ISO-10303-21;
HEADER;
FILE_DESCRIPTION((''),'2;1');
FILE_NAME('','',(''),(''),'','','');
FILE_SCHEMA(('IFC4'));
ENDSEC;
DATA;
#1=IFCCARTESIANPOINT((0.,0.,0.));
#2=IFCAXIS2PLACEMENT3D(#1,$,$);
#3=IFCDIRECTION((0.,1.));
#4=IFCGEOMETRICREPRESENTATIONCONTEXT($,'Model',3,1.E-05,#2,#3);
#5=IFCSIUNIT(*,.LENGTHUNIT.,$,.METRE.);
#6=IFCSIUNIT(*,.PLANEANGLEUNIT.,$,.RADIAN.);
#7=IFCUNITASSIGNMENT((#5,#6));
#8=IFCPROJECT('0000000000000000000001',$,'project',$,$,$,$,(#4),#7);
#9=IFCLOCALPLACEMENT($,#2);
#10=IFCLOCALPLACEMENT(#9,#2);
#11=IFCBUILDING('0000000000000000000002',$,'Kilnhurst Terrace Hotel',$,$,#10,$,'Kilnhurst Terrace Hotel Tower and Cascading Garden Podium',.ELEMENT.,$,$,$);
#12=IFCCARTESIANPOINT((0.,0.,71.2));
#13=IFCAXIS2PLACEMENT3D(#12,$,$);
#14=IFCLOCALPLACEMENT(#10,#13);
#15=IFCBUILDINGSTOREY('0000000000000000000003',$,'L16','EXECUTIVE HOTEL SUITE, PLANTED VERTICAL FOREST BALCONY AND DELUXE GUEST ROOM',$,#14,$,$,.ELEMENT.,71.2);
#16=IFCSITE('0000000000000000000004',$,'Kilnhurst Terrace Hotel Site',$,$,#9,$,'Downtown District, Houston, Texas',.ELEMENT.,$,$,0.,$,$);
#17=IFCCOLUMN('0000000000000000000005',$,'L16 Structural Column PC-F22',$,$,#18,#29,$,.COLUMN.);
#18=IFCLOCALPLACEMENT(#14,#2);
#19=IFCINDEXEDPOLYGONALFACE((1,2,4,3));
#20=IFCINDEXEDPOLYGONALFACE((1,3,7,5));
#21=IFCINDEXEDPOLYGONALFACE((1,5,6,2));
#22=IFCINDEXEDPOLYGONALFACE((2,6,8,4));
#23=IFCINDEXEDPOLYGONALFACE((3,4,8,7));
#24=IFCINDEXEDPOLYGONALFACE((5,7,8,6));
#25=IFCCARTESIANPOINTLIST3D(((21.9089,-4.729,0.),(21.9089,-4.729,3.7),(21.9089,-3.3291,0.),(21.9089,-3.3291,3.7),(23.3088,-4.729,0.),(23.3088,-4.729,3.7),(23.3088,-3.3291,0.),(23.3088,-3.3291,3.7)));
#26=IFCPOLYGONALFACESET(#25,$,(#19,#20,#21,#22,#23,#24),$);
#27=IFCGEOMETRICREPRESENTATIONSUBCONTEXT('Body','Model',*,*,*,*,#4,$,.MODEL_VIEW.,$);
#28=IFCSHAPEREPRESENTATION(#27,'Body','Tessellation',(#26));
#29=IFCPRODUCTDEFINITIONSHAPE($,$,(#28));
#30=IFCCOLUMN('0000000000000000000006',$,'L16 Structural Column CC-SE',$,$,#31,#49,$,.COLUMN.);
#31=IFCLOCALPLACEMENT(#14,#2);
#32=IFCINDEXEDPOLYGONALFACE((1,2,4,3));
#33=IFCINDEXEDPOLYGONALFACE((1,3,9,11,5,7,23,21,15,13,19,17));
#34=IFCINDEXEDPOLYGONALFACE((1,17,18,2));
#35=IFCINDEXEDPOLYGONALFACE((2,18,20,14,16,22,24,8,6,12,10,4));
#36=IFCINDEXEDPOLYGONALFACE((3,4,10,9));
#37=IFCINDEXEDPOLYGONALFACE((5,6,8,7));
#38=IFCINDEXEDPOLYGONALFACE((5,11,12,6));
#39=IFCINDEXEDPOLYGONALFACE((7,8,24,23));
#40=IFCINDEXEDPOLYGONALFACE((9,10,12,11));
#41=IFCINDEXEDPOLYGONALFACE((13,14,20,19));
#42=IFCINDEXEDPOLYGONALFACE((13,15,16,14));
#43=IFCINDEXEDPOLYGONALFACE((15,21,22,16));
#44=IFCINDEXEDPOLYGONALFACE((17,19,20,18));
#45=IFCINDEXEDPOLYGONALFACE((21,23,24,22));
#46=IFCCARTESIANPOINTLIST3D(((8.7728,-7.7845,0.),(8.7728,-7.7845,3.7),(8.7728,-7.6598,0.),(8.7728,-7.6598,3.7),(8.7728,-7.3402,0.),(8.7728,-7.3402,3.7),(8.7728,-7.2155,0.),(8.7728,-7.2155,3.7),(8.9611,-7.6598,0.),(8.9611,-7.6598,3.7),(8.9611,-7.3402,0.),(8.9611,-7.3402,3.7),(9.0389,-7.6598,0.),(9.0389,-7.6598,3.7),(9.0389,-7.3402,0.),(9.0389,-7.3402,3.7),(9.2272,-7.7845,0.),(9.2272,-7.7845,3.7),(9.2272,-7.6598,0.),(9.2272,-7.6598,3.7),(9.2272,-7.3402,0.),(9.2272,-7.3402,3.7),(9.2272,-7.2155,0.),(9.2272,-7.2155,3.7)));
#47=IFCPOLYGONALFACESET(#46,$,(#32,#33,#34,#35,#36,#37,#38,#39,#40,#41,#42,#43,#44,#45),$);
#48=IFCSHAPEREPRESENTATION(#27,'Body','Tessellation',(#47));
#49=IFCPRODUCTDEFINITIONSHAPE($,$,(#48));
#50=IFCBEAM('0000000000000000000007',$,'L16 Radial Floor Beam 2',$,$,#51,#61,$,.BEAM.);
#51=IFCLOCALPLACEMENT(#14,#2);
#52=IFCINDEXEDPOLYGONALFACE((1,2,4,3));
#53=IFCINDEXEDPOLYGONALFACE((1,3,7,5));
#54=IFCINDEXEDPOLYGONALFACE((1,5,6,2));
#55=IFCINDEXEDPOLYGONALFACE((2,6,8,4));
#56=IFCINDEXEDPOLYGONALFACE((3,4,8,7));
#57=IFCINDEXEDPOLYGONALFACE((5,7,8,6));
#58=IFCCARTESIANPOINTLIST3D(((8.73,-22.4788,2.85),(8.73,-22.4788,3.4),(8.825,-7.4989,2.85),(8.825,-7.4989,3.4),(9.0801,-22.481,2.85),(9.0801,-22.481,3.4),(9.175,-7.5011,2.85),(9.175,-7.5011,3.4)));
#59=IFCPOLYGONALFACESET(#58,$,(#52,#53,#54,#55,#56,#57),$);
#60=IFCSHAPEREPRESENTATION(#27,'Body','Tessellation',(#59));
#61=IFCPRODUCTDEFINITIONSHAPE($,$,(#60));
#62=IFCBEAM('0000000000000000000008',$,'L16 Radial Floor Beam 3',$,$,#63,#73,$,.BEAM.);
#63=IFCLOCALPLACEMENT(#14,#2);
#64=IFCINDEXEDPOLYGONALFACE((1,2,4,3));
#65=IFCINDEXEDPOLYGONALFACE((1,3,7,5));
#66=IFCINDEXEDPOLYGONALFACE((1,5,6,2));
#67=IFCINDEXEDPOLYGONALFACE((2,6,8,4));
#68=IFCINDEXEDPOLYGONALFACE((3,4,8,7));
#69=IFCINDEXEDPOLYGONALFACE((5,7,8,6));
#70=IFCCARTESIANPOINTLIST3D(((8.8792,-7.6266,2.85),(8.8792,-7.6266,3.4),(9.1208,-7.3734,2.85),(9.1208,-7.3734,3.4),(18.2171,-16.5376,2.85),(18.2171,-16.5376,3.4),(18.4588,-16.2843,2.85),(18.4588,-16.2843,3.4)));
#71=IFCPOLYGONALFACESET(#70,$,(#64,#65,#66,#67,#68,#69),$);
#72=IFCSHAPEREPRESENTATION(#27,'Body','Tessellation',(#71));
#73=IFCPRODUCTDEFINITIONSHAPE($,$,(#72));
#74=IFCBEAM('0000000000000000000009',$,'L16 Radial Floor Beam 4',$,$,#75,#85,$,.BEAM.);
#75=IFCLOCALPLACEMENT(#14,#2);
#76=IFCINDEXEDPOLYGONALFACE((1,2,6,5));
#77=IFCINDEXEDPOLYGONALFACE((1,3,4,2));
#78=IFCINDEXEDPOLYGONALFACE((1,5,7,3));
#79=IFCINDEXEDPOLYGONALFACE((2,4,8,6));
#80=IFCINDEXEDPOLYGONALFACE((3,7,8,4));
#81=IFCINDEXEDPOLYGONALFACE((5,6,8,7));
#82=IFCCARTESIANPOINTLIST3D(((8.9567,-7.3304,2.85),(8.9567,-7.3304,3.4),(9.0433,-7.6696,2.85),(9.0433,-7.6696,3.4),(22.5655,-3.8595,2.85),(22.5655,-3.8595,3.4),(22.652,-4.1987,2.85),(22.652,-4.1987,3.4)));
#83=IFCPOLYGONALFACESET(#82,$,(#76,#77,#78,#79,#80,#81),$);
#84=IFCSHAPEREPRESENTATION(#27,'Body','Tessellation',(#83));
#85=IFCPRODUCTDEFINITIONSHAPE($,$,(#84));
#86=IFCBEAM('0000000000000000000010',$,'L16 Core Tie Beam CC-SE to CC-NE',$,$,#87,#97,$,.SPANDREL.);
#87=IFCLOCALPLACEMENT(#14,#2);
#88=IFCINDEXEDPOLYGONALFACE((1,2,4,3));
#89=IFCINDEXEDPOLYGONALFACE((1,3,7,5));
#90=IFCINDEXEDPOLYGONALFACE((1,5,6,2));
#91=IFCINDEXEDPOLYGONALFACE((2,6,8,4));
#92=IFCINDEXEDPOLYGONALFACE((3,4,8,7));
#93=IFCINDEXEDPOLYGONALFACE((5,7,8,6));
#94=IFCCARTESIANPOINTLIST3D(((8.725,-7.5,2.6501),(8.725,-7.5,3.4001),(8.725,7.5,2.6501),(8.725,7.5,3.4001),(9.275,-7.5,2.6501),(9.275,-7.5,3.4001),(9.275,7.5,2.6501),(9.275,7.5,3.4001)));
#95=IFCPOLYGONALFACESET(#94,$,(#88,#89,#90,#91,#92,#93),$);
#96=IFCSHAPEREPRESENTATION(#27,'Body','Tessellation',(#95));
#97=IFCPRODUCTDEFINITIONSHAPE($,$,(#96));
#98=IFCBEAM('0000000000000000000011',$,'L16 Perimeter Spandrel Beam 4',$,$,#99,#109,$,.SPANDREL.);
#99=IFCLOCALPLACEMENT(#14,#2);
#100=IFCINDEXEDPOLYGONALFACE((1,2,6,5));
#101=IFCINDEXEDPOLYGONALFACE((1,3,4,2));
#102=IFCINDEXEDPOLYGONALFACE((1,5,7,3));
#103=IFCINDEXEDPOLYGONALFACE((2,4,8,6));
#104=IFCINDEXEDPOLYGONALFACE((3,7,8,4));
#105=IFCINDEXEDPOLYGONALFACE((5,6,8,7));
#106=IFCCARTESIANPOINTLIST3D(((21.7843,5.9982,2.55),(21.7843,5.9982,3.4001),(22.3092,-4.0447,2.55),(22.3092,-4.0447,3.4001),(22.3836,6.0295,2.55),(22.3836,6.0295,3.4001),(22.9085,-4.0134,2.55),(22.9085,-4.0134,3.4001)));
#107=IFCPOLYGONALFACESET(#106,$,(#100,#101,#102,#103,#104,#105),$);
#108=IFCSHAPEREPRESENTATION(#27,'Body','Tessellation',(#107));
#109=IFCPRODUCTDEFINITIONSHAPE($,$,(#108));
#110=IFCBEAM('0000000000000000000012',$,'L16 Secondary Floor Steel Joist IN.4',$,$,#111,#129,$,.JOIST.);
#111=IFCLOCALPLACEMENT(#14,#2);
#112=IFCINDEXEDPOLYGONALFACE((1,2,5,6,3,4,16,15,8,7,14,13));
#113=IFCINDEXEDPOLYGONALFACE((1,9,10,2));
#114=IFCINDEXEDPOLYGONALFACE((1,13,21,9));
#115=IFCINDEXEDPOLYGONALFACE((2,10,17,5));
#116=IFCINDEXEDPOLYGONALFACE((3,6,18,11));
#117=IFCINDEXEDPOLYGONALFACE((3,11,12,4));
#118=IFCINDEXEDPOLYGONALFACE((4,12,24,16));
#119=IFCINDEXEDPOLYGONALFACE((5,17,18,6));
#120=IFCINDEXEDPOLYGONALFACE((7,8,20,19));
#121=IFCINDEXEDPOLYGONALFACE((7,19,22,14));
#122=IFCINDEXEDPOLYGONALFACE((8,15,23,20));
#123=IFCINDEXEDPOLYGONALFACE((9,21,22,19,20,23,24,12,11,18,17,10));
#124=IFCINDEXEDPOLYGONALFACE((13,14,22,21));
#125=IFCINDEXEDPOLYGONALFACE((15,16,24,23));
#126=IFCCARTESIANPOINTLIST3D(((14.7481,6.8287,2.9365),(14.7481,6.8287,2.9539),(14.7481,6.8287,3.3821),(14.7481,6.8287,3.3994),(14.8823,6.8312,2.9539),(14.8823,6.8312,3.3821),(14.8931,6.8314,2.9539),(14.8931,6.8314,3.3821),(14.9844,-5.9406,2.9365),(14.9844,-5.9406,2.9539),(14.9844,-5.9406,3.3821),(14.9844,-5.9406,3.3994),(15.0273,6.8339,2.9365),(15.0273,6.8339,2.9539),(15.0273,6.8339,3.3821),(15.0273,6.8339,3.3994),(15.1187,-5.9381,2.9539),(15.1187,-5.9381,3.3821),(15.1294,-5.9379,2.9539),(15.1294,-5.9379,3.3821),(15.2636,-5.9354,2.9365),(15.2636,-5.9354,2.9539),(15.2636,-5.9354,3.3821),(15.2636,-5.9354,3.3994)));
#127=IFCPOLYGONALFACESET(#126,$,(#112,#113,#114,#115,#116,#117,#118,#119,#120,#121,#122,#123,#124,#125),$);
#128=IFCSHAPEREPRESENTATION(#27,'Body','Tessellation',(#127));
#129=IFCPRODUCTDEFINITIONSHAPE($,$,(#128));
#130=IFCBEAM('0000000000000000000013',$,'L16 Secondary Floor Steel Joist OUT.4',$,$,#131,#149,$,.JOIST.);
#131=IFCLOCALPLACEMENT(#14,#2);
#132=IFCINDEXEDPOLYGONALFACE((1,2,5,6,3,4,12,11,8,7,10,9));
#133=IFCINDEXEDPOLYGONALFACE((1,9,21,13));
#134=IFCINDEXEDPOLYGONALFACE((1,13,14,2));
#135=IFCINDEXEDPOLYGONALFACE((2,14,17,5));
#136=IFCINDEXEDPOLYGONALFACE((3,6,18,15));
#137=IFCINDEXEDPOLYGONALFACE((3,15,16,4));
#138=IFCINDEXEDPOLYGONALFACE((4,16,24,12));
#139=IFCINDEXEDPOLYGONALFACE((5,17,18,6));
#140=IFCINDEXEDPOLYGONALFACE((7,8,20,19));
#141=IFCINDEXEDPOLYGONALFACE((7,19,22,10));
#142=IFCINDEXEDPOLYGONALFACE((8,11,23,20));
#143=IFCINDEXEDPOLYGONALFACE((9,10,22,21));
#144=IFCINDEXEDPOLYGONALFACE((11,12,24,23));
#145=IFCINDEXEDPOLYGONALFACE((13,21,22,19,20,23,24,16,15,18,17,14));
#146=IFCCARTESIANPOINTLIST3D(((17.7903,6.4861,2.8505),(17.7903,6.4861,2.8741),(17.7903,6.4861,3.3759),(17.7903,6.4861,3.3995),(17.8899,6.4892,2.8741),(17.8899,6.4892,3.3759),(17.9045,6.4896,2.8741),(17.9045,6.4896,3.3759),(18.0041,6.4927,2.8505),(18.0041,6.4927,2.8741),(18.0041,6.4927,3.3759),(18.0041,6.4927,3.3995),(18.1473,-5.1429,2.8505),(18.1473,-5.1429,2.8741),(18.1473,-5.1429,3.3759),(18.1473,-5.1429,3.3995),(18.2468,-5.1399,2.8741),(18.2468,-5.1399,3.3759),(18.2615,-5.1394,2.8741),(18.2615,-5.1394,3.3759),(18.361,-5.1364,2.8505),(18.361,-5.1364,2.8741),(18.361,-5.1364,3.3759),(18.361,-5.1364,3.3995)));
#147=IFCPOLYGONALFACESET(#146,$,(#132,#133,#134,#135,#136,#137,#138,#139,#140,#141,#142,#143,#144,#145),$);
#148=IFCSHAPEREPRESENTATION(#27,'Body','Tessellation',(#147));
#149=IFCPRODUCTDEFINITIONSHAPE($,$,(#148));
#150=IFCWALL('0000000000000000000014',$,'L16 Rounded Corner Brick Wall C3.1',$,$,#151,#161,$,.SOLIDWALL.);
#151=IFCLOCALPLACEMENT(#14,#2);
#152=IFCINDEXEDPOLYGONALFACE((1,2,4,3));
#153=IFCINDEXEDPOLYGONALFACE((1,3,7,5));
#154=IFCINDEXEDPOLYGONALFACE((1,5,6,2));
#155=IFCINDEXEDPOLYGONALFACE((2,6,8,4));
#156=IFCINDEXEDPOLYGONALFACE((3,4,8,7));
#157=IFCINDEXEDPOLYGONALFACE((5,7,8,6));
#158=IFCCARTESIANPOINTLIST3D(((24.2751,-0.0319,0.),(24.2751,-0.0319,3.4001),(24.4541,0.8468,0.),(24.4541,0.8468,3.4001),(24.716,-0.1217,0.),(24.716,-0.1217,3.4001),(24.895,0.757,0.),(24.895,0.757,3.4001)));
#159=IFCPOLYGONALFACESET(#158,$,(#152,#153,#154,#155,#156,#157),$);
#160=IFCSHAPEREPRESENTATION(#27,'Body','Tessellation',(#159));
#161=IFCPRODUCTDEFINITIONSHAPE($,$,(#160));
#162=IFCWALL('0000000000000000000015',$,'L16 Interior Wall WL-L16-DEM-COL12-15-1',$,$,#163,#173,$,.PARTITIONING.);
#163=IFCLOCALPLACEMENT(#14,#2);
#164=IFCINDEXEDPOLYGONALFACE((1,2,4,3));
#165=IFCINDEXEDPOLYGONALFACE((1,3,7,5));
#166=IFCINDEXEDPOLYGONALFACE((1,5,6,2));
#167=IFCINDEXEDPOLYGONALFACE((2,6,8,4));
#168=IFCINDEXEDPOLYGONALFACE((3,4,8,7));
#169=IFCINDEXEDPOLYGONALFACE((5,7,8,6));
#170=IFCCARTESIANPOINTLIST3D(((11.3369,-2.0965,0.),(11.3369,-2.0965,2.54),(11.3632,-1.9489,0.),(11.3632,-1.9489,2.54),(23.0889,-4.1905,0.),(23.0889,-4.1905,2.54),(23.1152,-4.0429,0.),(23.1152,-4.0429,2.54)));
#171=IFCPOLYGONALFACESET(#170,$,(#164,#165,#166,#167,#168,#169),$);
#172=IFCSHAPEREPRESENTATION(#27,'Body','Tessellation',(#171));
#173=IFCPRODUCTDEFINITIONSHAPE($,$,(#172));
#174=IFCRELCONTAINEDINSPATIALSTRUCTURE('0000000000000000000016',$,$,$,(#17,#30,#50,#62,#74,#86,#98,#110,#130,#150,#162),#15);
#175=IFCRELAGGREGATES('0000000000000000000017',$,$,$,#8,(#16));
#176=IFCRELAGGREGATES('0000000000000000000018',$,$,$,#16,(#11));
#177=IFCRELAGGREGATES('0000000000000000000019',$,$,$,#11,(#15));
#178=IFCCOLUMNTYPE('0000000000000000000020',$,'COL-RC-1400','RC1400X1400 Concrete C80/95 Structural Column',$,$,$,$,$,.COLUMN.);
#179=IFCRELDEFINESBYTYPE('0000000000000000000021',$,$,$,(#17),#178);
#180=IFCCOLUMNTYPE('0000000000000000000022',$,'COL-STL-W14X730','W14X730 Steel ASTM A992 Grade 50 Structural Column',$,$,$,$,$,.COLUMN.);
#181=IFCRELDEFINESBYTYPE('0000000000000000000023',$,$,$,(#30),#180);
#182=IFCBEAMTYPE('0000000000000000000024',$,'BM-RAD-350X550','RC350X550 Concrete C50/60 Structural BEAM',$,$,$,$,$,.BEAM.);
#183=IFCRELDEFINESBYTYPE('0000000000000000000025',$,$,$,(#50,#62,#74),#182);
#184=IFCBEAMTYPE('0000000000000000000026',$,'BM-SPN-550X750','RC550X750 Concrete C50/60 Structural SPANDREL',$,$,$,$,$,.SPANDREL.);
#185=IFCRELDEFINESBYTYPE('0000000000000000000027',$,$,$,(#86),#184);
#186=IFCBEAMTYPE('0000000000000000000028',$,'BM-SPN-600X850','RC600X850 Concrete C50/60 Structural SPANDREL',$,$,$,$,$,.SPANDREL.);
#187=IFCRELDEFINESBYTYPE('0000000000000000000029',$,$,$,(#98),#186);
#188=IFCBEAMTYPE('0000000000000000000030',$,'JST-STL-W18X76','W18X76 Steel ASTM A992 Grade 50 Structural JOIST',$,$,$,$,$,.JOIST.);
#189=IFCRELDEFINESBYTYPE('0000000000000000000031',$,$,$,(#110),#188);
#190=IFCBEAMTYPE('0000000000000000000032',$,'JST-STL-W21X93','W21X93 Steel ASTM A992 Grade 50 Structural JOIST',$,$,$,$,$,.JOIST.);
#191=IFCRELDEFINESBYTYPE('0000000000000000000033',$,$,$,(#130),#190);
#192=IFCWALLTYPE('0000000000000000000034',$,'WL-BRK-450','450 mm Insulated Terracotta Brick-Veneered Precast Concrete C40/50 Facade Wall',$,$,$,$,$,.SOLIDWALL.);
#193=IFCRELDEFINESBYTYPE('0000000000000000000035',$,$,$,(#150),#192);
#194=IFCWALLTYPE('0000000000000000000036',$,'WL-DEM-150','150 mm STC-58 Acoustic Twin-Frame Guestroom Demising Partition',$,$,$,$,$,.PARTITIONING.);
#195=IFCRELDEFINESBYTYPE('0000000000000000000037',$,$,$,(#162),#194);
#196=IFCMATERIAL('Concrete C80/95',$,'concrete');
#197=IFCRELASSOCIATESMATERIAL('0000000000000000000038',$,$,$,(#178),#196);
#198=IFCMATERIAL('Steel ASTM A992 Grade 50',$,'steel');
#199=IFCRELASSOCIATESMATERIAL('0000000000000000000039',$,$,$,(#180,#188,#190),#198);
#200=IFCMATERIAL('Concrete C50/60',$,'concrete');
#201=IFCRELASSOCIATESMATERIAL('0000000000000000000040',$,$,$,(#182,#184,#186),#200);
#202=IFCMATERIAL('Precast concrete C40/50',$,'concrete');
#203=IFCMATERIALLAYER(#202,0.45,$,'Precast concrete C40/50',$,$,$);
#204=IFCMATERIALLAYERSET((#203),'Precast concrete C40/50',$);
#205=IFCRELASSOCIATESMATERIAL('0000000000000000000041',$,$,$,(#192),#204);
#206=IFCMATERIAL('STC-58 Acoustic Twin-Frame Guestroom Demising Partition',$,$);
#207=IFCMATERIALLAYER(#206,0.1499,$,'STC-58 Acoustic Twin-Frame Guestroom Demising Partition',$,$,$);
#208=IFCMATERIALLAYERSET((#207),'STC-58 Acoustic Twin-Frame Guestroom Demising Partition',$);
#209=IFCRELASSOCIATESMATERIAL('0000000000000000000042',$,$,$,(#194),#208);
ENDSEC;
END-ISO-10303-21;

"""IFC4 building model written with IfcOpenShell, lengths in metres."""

from ifc_helpers import new_model, si_unit, direction, frame, frame_2d, origin, origin_2d, place, context, subcontext, project, spatial, rectangle, i_section, extrude, material, layer, layer_set, material_profile, profile_set, type_object, element, save


model = new_model("IFC4")

# Units and contexts
model_context = context("Model", 3, precision=1e-05, world=origin(), true_north=direction((0.0, 1.0)))
body_context = subcontext(model_context, "Body", "Model", "MODEL_VIEW")
ifc_project = project(units=[si_unit("LENGTHUNIT", "METRE"), si_unit("PLANEANGLEUNIT", "RADIAN")], contexts=[model_context])

# Site, building, storey
site_placement = place(None, origin())
site = spatial("IfcSite", under=ifc_project, at=site_placement, Name="Kilnhurst Terrace Hotel Site", LongName="Downtown District, Houston, Texas", CompositionType="ELEMENT", RefElevation=0.0)
building_placement = place(site_placement, origin())
building = spatial("IfcBuilding", under=site, at=building_placement, Name="Kilnhurst Terrace Hotel", LongName="Kilnhurst Terrace Hotel Tower and Cascading Garden Podium", CompositionType="ELEMENT")
storey_placement = place(building_placement, frame((0.0, 0.0, 71.2)))
storey = spatial("IfcBuildingStorey", under=building, at=storey_placement, Name="L16", Description="EXECUTIVE HOTEL SUITE, PLANTED VERTICAL FOREST BALCONY AND DELUXE GUEST ROOM", CompositionType="ELEMENT", Elevation=71.2)

# Columns
ifc_material_1 = material(Name="Concrete C80/95", Category="concrete")
ifc_material_profile_1 = material_profile(ifc_material_1, rectangle(XDim=1.3999, YDim=1.3999, at=origin_2d()), Name="RC1400X1400")
ifc_profile_set_1 = profile_set([ifc_material_profile_1], Name="Concrete C80/95")
column_type_1 = type_object("IfcColumnType", Name="COL-RC-1400", Description="RC1400X1400 Concrete C80/95 Structural Column", PredefinedType="COLUMN", material=ifc_profile_set_1)
column_1_placement = place(storey_placement, frame((22.6089, -4.0291, 0.0), z_axis=(0.0, 0.0, 1.0), x_axis=(1.0, 0.0, 0.0)))
element("IfcColumn", 1, at=column_1_placement, inside=storey, type_object=column_type_1, Name="L16 Structural Column PC-F22", PredefinedType="COLUMN", context=body_context, shape_type="SweptSolid", body=[
    extrude(rectangle(XDim=1.3999, YDim=1.3999, at=origin_2d()), origin(), (0.0, 0.0, 1.0), 3.7),
])
ifc_material_2 = material(Name="Steel ASTM A992 Grade 50", Category="steel")
ifc_material_profile_2 = material_profile(ifc_material_2, i_section(OverallWidth=0.4543, OverallDepth=0.5691, WebThickness=0.0779, FlangeThickness=0.1248, at=origin_2d()), Name="W14X730")
ifc_profile_set_2 = profile_set([ifc_material_profile_2], Name="Steel ASTM A992 Grade 50")
column_type_2 = type_object("IfcColumnType", Name="COL-STL-W14X730", Description="W14X730 Steel ASTM A992 Grade 50 Structural Column", PredefinedType="COLUMN", material=ifc_profile_set_2)
column_2_placement = place(storey_placement, frame((9.0, -7.5, 0.0), z_axis=(0.0, 0.0, 1.0), x_axis=(1.0, 0.0, 0.0)))
element("IfcColumn", 2, at=column_2_placement, inside=storey, type_object=column_type_2, Name="L16 Structural Column CC-SE", PredefinedType="COLUMN", context=body_context, shape_type="SweptSolid", body=[
    extrude(i_section(OverallWidth=0.4543, OverallDepth=0.5691, WebThickness=0.0779, FlangeThickness=0.1248, at=origin_2d()), origin(), (0.0, 0.0, 1.0), 3.7),
])

# Beams
ifc_material_3 = material(Name="Concrete C50/60", Category="concrete")
ifc_material_profile_3 = material_profile(ifc_material_3, rectangle(XDim=0.3501, YDim=0.55, at=origin_2d()), Name="RC350X550")
ifc_profile_set_3 = profile_set([ifc_material_profile_3], Name="Concrete C50/60")
beam_type_1 = type_object("IfcBeamType", Name="BM-RAD-350X550", Description="RC350X550 Concrete C50/60 Structural BEAM", PredefinedType="BEAM", material=ifc_profile_set_3)
beam_1_placement = place(storey_placement, frame((9.0, -7.5, 3.125), z_axis=(-0.00634, -0.99998, 0.0), x_axis=(0.99998, -0.00634, 0.0)))
element("IfcBeam", 3, at=beam_1_placement, inside=storey, type_object=beam_type_1, Name="L16 Radial Floor Beam 2", PredefinedType="BEAM", context=body_context, shape_type="SweptSolid", body=[
    extrude(rectangle(XDim=0.3501, YDim=0.55, at=origin_2d()), origin(), (0.0, 0.0, 1.0), 14.9802),
])
beam_2_placement = place(storey_placement, frame((9.0, -7.5, 3.125), z_axis=(0.723454, -0.690372, 0.0), x_axis=(0.690372, 0.723454, 0.0)))
element("IfcBeam", 4, at=beam_2_placement, inside=storey, type_object=beam_type_1, Name="L16 Radial Floor Beam 3", PredefinedType="BEAM", context=body_context, shape_type="SweptSolid", body=[
    extrude(rectangle(XDim=0.3501, YDim=0.55, at=origin_2d()), origin(), (0.0, 0.0, 1.0), 12.9075),
])
beam_3_placement = place(storey_placement, frame((9.0, -7.5, 3.125), z_axis=(0.96898, 0.247138, 0.0), x_axis=(-0.247138, 0.96898, 0.0)))
element("IfcBeam", 5, at=beam_3_placement, inside=storey, type_object=beam_type_1, Name="L16 Radial Floor Beam 4", PredefinedType="BEAM", context=body_context, shape_type="SweptSolid", body=[
    extrude(rectangle(XDim=0.3501, YDim=0.55, at=origin_2d()), origin(), (0.0, 0.0, 1.0), 14.0444),
])
ifc_material_profile_4 = material_profile(ifc_material_3, rectangle(XDim=0.55, YDim=0.75, at=origin_2d()), Name="RC550X750")
ifc_profile_set_4 = profile_set([ifc_material_profile_4], Name="Concrete C50/60")
beam_type_2 = type_object("IfcBeamType", Name="BM-SPN-550X750", Description="RC550X750 Concrete C50/60 Structural SPANDREL", PredefinedType="SPANDREL", material=ifc_profile_set_4)
beam_4_placement = place(storey_placement, frame((9.0, -7.5, 3.0251), z_axis=(0.0, 1.0, 0.0), x_axis=(-1.0, 0.0, 0.0)))
element("IfcBeam", 6, at=beam_4_placement, inside=storey, type_object=beam_type_2, Name="L16 Core Tie Beam CC-SE to CC-NE", PredefinedType="SPANDREL", context=body_context, shape_type="SweptSolid", body=[
    extrude(rectangle(XDim=0.55, YDim=0.75, at=origin_2d()), origin(), (0.0, 0.0, 1.0), 15.0),
])
ifc_material_profile_5 = material_profile(ifc_material_3, rectangle(XDim=0.6001, YDim=0.8501, at=origin_2d()), Name="RC600X850")
ifc_profile_set_5 = profile_set([ifc_material_profile_5], Name="Concrete C50/60")
beam_type_3 = type_object("IfcBeamType", Name="BM-SPN-600X850", Description="RC600X850 Concrete C50/60 Structural SPANDREL", PredefinedType="SPANDREL", material=ifc_profile_set_5)
beam_5_placement = place(storey_placement, frame((22.6089, -4.0291, 2.9751), z_axis=(-0.052194, 0.998637, 0.0), x_axis=(-0.998637, -0.052194, 0.0)))
element("IfcBeam", 7, at=beam_5_placement, inside=storey, type_object=beam_type_3, Name="L16 Perimeter Spandrel Beam 4", PredefinedType="SPANDREL", context=body_context, shape_type="SweptSolid", body=[
    extrude(rectangle(XDim=0.6001, YDim=0.8501, at=origin_2d()), origin(), (0.0, 0.0, 1.0), 10.0566),
])
ifc_material_profile_6 = material_profile(ifc_material_2, i_section(OverallWidth=0.2793, OverallDepth=0.4629, WebThickness=0.0107, FlangeThickness=0.0173, at=origin_2d()), Name="W18X76")
ifc_profile_set_6 = profile_set([ifc_material_profile_6], Name="Steel ASTM A992 Grade 50")
beam_type_4 = type_object("IfcBeamType", Name="JST-STL-W18X76", Description="W18X76 Steel ASTM A992 Grade 50 Structural JOIST", PredefinedType="JOIST", material=ifc_profile_set_6)
beam_6_placement = place(storey_placement, frame((15.124, -5.938, 3.168), z_axis=(-0.018504, 0.999829, 0.0), x_axis=(-0.999829, -0.018504, 0.0)))
element("IfcBeam", 8, at=beam_6_placement, inside=storey, type_object=beam_type_4, Name="L16 Secondary Floor Steel Joist IN.4", PredefinedType="JOIST", context=body_context, shape_type="SweptSolid", body=[
    extrude(i_section(OverallWidth=0.2793, OverallDepth=0.4629, WebThickness=0.0107, FlangeThickness=0.0173, at=origin_2d()), origin(), (0.0, 0.0, 1.0), 12.7715),
])
ifc_material_profile_7 = material_profile(ifc_material_2, i_section(OverallWidth=0.2139, OverallDepth=0.5491, WebThickness=0.0146, FlangeThickness=0.0237, at=origin_2d()), Name="W21X93")
ifc_profile_set_7 = profile_set([ifc_material_profile_7], Name="Steel ASTM A992 Grade 50")
beam_type_5 = type_object("IfcBeamType", Name="JST-STL-W21X93", Description="W21X93 Steel ASTM A992 Grade 50 Structural JOIST", PredefinedType="JOIST", material=ifc_profile_set_7)
beam_7_placement = place(storey_placement, frame((18.2542, -5.1396, 3.125), z_axis=(-0.030679, 0.999529, 0.0), x_axis=(-0.999529, -0.030679, 0.0)))
element("IfcBeam", 9, at=beam_7_placement, inside=storey, type_object=beam_type_5, Name="L16 Secondary Floor Steel Joist OUT.4", PredefinedType="JOIST", context=body_context, shape_type="SweptSolid", body=[
    extrude(i_section(OverallWidth=0.2139, OverallDepth=0.5491, WebThickness=0.0146, FlangeThickness=0.0237, at=origin_2d()), origin(), (0.0, 0.0, 1.0), 11.6345),
])

# Wall
ifc_material_4 = material(Name="Precast concrete C40/50", Category="concrete")
ifc_layer_1 = layer(ifc_material_4, 0.45, Name="Precast concrete C40/50")
ifc_layer_set_1 = layer_set([ifc_layer_1], Name="Precast concrete C40/50")
wall_type_1 = type_object("IfcWallType", Name="WL-BRK-450", Description="450 mm Insulated Terracotta Brick-Veneered Precast Concrete C40/50 Facade Wall", PredefinedType="SOLIDWALL", material=ifc_layer_set_1)
wall_1_placement = place(storey_placement, frame((24.4956, -0.0767, 0.0), z_axis=(0.0, 0.0, 1.0), x_axis=(0.199571, 0.979883, 0.0)))
element("IfcWall", 10, at=wall_1_placement, inside=storey, type_object=wall_type_1, Name="L16 Rounded Corner Brick Wall C3.1", PredefinedType="SOLIDWALL", context=body_context, shape_type="SweptSolid", body=[
    extrude(rectangle(XDim=0.8967, YDim=0.45, at=frame_2d((0.4482, 0.0))), origin(), (0.0, 0.0, 1.0), 3.4001),
])

# Wall
ifc_material_5 = material(Name="STC-58 Acoustic Twin-Frame Guestroom Demising Partition")
ifc_layer_2 = layer(ifc_material_5, 0.1499, Name="STC-58 Acoustic Twin-Frame Guestroom Demising Partition")
ifc_layer_set_2 = layer_set([ifc_layer_2], Name="STC-58 Acoustic Twin-Frame Guestroom Demising Partition")
wall_type_2 = type_object("IfcWallType", Name="WL-DEM-150", Description="150 mm STC-58 Acoustic Twin-Frame Guestroom Demising Partition", PredefinedType="PARTITIONING", material=ifc_layer_set_2)
wall_2_placement = place(storey_placement, frame((11.3501, -2.0227, 0.0), z_axis=(0.0, 0.0, 1.0), x_axis=(0.984494, -0.17542, 0.0)))
element("IfcWall", 11, at=wall_2_placement, inside=storey, type_object=wall_type_2, Name="L16 Interior Wall WL-L16-DEM-COL12-15-1", PredefinedType="PARTITIONING", context=body_context, shape_type="SweptSolid", body=[
    extrude(rectangle(XDim=11.937, YDim=0.1499, at=frame_2d((5.9685, 0.0))), origin(), (0.0, 0.0, 1.0), 2.54),
])

save(model, "model.ifc")
